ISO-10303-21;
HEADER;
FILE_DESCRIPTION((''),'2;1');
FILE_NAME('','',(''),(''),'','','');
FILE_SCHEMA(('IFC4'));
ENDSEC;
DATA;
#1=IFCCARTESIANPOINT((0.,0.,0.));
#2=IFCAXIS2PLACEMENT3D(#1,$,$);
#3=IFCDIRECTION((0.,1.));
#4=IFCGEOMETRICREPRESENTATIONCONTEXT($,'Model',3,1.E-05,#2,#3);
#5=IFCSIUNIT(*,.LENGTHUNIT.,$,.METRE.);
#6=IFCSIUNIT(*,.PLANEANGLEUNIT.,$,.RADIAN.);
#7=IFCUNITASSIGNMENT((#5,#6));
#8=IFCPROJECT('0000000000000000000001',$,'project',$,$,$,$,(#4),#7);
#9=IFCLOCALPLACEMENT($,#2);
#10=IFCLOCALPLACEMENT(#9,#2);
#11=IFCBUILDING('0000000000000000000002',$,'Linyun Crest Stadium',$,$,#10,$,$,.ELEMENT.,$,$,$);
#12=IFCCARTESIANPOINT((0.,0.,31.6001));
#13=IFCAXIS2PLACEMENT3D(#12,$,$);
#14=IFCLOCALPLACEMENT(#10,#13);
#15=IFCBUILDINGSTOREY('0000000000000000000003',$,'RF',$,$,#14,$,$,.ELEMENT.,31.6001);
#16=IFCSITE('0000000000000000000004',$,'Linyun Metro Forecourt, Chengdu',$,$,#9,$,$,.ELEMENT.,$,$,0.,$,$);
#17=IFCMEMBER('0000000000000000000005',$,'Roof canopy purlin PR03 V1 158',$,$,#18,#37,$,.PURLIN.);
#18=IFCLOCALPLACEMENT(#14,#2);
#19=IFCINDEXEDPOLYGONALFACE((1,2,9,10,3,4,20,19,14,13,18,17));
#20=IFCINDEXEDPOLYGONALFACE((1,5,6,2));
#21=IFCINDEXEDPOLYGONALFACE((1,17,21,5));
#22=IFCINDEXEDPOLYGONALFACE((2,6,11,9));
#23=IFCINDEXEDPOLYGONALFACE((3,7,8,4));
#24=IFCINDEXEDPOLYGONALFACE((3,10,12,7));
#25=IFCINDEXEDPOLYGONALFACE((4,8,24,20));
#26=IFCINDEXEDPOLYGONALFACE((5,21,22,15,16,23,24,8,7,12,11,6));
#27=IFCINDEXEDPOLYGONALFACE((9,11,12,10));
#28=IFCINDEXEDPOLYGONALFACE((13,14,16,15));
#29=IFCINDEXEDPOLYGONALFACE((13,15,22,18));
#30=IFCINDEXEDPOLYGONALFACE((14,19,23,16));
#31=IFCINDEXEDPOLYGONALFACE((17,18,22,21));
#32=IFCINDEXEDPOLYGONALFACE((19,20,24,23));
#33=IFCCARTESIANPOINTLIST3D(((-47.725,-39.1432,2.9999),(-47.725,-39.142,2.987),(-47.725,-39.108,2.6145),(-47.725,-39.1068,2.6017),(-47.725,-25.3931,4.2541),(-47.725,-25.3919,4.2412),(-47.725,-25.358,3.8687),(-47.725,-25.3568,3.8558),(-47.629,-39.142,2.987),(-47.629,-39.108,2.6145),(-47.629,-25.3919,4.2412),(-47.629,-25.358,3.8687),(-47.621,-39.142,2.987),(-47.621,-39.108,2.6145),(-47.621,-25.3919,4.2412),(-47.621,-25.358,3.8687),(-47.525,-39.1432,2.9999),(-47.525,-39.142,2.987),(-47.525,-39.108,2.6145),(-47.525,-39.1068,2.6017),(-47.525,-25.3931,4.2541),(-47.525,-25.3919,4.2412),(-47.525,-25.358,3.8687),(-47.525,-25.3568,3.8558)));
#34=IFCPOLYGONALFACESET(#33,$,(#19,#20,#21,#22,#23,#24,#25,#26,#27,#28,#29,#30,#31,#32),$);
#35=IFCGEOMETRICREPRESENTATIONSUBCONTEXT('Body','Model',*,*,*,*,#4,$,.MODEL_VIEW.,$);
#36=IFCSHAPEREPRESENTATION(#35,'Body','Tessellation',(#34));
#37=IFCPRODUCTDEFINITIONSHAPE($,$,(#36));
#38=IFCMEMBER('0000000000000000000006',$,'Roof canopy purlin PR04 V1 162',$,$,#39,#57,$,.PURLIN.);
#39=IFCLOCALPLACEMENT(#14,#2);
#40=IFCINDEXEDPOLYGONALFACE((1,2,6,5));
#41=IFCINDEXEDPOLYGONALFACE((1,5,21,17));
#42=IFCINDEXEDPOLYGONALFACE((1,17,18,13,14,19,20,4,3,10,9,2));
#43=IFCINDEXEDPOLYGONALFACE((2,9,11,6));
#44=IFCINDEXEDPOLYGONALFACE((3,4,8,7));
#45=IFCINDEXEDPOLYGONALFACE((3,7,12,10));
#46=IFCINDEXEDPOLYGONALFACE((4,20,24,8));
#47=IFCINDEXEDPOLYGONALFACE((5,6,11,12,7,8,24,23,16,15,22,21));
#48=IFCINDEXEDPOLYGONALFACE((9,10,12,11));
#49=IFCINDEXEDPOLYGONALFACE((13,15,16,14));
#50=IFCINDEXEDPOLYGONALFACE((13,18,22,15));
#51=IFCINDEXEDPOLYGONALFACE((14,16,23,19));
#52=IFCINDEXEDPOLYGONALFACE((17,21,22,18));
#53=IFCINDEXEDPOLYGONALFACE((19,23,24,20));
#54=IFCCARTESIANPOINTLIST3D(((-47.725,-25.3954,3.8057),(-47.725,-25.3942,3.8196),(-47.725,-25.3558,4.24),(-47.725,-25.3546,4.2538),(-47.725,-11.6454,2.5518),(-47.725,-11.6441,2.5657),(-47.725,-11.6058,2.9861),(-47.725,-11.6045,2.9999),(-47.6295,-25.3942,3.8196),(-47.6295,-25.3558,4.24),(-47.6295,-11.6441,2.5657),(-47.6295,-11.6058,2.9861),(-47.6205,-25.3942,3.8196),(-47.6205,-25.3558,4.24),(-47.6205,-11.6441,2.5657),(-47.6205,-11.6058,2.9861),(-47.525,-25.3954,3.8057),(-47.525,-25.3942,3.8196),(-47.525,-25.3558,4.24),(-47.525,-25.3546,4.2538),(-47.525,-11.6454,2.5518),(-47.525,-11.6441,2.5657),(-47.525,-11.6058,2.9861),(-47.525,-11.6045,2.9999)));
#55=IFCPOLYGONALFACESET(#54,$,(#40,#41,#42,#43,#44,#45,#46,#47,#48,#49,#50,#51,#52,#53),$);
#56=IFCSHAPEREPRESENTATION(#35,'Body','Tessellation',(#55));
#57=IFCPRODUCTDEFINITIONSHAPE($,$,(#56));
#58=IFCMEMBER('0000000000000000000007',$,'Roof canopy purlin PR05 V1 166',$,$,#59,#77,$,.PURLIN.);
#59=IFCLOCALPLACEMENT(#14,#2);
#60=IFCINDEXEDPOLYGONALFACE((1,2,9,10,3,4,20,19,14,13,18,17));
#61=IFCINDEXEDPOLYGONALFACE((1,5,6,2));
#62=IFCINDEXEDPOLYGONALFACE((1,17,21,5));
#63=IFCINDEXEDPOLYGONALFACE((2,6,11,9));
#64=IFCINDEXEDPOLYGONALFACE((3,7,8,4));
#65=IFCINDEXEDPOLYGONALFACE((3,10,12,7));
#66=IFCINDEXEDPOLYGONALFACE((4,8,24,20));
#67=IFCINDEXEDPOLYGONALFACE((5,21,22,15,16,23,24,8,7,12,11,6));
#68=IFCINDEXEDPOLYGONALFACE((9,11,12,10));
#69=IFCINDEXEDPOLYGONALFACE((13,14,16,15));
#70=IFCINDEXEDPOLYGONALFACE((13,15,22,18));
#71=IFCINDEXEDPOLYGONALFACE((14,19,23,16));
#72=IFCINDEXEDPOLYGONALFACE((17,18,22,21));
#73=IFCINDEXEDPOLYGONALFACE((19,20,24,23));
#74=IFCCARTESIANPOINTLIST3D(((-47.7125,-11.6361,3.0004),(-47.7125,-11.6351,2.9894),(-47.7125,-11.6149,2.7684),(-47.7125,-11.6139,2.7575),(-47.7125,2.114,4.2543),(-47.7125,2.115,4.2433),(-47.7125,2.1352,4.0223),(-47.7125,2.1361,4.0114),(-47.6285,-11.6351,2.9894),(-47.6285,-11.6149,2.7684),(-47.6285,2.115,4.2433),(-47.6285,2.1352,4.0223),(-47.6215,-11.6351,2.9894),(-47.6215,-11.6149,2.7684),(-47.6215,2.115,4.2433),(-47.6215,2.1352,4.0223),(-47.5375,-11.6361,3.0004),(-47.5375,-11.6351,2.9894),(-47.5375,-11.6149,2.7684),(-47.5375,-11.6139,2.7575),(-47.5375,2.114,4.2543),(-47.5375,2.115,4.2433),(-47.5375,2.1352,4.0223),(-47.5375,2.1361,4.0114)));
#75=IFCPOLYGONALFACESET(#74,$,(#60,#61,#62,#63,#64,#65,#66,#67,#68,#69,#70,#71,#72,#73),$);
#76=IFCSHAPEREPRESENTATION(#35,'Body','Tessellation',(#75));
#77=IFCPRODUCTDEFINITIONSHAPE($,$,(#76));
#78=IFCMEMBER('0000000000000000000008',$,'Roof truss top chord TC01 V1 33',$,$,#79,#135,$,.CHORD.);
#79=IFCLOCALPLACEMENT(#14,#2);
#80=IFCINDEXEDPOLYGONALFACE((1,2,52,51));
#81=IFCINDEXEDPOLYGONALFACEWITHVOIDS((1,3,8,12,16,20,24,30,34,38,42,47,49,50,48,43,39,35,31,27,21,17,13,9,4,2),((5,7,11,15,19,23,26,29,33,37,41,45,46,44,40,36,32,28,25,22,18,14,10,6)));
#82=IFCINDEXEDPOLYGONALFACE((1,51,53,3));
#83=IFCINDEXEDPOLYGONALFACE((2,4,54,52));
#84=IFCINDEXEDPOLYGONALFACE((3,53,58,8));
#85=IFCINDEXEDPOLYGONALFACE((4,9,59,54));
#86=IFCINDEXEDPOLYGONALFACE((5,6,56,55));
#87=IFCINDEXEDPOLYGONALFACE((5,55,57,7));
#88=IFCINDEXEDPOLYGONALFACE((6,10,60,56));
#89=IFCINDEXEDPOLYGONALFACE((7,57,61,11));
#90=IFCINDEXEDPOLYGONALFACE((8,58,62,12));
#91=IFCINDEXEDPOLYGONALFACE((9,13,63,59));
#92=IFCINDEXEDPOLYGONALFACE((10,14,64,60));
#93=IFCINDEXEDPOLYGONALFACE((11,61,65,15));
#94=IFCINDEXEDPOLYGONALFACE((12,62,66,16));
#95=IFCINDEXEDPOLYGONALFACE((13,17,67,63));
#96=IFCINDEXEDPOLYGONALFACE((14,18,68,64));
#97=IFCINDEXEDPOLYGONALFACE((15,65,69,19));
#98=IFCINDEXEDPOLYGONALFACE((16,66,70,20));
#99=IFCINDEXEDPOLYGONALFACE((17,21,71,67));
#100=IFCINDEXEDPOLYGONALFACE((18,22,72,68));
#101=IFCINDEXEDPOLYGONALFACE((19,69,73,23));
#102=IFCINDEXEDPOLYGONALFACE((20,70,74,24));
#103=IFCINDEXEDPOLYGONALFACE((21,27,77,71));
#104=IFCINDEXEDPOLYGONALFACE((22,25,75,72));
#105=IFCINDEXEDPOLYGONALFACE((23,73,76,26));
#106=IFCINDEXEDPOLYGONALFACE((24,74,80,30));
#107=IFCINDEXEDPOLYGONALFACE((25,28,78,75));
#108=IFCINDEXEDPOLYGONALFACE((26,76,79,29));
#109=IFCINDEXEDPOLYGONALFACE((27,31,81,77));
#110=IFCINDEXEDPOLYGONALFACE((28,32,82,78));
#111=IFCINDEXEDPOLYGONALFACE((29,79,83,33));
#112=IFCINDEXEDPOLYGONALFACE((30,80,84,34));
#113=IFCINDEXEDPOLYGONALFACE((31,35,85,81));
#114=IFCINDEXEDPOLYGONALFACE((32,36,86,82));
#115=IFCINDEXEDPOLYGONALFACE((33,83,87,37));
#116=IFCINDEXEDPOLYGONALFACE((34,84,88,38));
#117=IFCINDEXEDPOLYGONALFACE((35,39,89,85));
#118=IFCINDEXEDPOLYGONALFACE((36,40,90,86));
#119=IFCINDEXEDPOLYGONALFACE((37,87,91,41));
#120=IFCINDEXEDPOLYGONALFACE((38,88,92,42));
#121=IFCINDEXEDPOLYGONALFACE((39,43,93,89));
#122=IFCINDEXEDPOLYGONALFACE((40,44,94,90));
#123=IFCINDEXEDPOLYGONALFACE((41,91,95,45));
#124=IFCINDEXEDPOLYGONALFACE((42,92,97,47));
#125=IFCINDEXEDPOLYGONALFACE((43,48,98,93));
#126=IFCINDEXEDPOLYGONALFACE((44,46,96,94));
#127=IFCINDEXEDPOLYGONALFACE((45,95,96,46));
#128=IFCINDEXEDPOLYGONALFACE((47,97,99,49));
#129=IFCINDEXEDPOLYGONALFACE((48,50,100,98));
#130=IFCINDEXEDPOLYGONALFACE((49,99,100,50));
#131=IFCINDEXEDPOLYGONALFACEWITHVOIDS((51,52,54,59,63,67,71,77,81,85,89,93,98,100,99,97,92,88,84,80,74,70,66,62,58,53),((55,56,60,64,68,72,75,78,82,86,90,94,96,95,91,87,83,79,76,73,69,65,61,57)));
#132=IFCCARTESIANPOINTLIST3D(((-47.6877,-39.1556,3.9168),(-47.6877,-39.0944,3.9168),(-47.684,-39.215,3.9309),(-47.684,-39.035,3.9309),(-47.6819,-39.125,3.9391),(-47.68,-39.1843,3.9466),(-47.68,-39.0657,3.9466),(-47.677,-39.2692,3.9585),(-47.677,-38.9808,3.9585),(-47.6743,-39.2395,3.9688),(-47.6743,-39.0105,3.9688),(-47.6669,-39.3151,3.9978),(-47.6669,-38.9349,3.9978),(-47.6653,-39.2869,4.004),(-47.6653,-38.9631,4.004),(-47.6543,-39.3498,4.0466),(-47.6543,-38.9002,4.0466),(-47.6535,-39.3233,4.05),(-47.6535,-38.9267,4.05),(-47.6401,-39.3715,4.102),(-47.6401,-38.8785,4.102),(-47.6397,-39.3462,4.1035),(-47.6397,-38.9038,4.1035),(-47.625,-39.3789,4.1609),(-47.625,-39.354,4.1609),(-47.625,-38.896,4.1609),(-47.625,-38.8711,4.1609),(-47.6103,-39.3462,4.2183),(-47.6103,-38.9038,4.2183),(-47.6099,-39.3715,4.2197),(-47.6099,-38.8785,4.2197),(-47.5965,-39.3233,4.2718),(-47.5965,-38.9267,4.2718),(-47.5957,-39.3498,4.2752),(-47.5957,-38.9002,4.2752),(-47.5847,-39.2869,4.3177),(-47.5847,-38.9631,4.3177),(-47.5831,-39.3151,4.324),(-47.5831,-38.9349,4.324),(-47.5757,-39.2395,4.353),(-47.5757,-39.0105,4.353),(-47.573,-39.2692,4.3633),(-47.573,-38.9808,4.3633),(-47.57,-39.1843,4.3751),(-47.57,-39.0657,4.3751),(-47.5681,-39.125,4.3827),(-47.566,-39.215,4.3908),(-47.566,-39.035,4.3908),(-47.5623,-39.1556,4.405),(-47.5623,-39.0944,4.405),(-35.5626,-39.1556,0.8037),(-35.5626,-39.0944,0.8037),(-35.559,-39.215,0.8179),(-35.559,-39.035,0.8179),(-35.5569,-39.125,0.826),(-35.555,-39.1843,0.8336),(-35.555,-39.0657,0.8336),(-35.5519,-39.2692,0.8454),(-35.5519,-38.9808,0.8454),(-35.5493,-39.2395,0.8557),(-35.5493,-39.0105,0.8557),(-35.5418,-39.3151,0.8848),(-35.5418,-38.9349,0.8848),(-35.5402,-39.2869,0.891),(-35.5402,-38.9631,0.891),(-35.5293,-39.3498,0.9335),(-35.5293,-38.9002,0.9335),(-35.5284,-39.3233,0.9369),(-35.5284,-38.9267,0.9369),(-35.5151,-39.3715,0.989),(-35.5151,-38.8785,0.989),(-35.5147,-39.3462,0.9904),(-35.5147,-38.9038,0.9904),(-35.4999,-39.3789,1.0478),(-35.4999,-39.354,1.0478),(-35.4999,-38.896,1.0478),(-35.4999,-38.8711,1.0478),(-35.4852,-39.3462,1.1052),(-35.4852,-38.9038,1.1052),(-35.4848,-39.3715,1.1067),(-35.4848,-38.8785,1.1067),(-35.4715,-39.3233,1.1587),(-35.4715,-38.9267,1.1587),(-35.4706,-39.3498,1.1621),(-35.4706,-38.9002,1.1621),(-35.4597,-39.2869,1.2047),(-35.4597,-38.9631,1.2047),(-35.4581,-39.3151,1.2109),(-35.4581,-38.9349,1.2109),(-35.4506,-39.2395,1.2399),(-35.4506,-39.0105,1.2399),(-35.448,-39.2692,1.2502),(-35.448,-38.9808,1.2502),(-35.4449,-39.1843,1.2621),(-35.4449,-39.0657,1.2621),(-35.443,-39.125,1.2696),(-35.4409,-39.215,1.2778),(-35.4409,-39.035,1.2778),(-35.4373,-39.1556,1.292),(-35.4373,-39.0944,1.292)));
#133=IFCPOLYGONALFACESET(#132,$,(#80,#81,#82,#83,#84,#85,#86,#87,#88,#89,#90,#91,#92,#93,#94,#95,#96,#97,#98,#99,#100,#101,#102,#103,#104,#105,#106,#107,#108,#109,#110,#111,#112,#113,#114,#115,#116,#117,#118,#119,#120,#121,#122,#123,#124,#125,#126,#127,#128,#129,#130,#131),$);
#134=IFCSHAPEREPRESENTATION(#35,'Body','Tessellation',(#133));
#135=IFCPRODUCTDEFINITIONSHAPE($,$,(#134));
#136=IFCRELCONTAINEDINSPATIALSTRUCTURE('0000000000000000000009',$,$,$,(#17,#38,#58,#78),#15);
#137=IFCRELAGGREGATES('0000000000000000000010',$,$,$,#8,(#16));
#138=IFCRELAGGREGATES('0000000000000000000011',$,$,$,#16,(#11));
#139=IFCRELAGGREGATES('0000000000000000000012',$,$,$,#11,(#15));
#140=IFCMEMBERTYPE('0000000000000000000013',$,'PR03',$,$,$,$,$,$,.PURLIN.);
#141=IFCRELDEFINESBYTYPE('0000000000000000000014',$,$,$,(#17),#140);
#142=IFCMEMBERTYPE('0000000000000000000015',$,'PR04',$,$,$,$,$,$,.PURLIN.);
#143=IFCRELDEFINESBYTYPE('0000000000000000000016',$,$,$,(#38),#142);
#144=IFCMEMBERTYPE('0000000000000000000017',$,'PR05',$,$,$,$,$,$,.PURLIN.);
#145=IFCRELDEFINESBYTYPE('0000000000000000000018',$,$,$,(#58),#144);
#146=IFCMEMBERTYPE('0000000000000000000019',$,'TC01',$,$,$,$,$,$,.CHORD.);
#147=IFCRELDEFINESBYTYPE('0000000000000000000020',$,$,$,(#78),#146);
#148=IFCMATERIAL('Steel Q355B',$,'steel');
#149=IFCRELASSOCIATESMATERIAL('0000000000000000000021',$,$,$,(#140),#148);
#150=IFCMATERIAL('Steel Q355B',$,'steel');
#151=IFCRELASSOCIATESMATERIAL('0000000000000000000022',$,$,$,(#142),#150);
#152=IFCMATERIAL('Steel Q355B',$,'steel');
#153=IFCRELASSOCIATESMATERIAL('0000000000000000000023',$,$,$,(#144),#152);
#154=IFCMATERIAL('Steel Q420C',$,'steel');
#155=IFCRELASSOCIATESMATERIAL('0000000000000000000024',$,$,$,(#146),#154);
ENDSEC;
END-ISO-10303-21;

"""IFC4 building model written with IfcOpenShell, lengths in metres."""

from ifc_helpers import new_model, si_unit, direction, frame, origin, origin_2d, place, context, subcontext, project, spatial, hollow_circle, i_section, extrude, material, material_profile, profile_set, type_object, element, save


model = new_model("IFC4")

# Units and contexts
model_context = context("Model", 3, precision=1e-05, world=origin(), true_north=direction((0.0, 1.0)))
body_context = subcontext(model_context, "Body", "Model", "MODEL_VIEW")
ifc_project = project(units=[si_unit("LENGTHUNIT", "METRE"), si_unit("PLANEANGLEUNIT", "RADIAN")], contexts=[model_context])

# Site, building, storey
site_placement = place(None, origin())
site = spatial("IfcSite", under=ifc_project, at=site_placement, Name="Linyun Metro Forecourt, Chengdu", CompositionType="ELEMENT", RefElevation=0.0)
building_placement = place(site_placement, origin())
building = spatial("IfcBuilding", under=site, at=building_placement, Name="Linyun Crest Stadium", CompositionType="ELEMENT")
storey_placement = place(building_placement, frame((0.0, 0.0, 31.6001)))
storey = spatial("IfcBuildingStorey", under=building, at=storey_placement, Name="RF", CompositionType="ELEMENT", Elevation=31.6001)

# Members
ifc_material_1 = material(Name="Steel Q355B", Category="steel")
ifc_material_profile_1 = material_profile(ifc_material_1, i_section(OverallWidth=0.2, OverallDepth=0.3999, WebThickness=0.0081, FlangeThickness=0.0129, at=origin_2d()), Name="HN 400x200")
ifc_profile_set_1 = profile_set([ifc_material_profile_1], Name="Steel Q355B")
member_type_1 = type_object("IfcMemberType", Name="PR03", PredefinedType="PURLIN", material=ifc_profile_set_1)
member_1_placement = place(storey_placement, frame((-47.625, -39.125, 2.8008), z_axis=(0.0, 0.995866, 0.090834), x_axis=(-1.0, 0.0, 0.0)))
element("IfcMember", 1, at=member_1_placement, inside=storey, type_object=member_type_1, Name="Roof canopy purlin PR03 V1 158", PredefinedType="PURLIN", context=body_context, shape_type="SweptSolid", body=[
    extrude(i_section(OverallWidth=0.2, OverallDepth=0.3999, WebThickness=0.0081, FlangeThickness=0.0129, at=origin_2d()), origin(), (0.0, 0.0, 1.0), 13.8071),
])
ifc_material_2 = material(Name="Steel Q355B", Category="steel")
ifc_material_profile_2 = material_profile(ifc_material_2, i_section(OverallWidth=0.2, OverallDepth=0.45, WebThickness=0.009, FlangeThickness=0.0139, at=origin_2d()), Name="HN 450x200")
ifc_profile_set_2 = profile_set([ifc_material_profile_2], Name="Steel Q355B")
member_type_2 = type_object("IfcMemberType", Name="PR04", PredefinedType="PURLIN", material=ifc_profile_set_2)
member_2_placement = place(storey_placement, frame((-47.625, -25.375, 4.0298), z_axis=(0.0, 0.995868, -0.090816), x_axis=(-1.0, 0.0, 0.0)))
element("IfcMember", 2, at=member_2_placement, inside=storey, type_object=member_type_2, Name="Roof canopy purlin PR04 V1 162", PredefinedType="PURLIN", context=body_context, shape_type="SweptSolid", body=[
    extrude(i_section(OverallWidth=0.2, OverallDepth=0.45, WebThickness=0.009, FlangeThickness=0.0139, at=origin_2d()), origin(), (0.0, 0.0, 1.0), 13.8071),
])
ifc_material_3 = material(Name="Steel Q355B", Category="steel")
ifc_material_profile_3 = material_profile(ifc_material_3, i_section(OverallWidth=0.175, OverallDepth=0.2439, WebThickness=0.0071, FlangeThickness=0.011, at=origin_2d()), Name="HM 244x175")
ifc_profile_set_3 = profile_set([ifc_material_profile_3], Name="Steel Q355B")
member_type_3 = type_object("IfcMemberType", Name="PR05", PredefinedType="PURLIN", material=ifc_profile_set_3)
member_3_placement = place(storey_placement, frame((-47.625, -11.625, 2.8789), z_axis=(0.0, 0.995868, 0.090816), x_axis=(-1.0, 0.0, 0.0)))
element("IfcMember", 3, at=member_3_placement, inside=storey, type_object=member_type_3, Name="Roof canopy purlin PR05 V1 166", PredefinedType="PURLIN", context=body_context, shape_type="SweptSolid", body=[
    extrude(i_section(OverallWidth=0.175, OverallDepth=0.2439, WebThickness=0.0071, FlangeThickness=0.011, at=origin_2d()), origin(), (0.0, 0.0, 1.0), 13.8071),
])
ifc_material_4 = material(Name="Steel Q420C", Category="steel")
ifc_material_profile_4 = material_profile(ifc_material_4, hollow_circle(Radius=0.2539, WallThickness=0.0249, at=origin_2d()), Name="CHS 508x25")
ifc_profile_set_4 = profile_set([ifc_material_profile_4], Name="Steel Q420C")
member_type_4 = type_object("IfcMemberType", Name="TC01", PredefinedType="CHORD", material=ifc_profile_set_4)
member_4_placement = place(storey_placement, frame((-47.625, -39.125, 4.1609), z_axis=(0.968586, 0.0, -0.24868), x_axis=(0.0, 1.0, 0.0)))
element("IfcMember", 4, at=member_4_placement, inside=storey, type_object=member_type_4, Name="Roof truss top chord TC01 V1 33", PredefinedType="CHORD", context=body_context, shape_type="SweptSolid", body=[
    extrude(hollow_circle(Radius=0.2539, WallThickness=0.0249, at=origin_2d()), origin(), (0.0, 0.0, 1.0), 12.5183),
])

save(model, "model.ifc")
